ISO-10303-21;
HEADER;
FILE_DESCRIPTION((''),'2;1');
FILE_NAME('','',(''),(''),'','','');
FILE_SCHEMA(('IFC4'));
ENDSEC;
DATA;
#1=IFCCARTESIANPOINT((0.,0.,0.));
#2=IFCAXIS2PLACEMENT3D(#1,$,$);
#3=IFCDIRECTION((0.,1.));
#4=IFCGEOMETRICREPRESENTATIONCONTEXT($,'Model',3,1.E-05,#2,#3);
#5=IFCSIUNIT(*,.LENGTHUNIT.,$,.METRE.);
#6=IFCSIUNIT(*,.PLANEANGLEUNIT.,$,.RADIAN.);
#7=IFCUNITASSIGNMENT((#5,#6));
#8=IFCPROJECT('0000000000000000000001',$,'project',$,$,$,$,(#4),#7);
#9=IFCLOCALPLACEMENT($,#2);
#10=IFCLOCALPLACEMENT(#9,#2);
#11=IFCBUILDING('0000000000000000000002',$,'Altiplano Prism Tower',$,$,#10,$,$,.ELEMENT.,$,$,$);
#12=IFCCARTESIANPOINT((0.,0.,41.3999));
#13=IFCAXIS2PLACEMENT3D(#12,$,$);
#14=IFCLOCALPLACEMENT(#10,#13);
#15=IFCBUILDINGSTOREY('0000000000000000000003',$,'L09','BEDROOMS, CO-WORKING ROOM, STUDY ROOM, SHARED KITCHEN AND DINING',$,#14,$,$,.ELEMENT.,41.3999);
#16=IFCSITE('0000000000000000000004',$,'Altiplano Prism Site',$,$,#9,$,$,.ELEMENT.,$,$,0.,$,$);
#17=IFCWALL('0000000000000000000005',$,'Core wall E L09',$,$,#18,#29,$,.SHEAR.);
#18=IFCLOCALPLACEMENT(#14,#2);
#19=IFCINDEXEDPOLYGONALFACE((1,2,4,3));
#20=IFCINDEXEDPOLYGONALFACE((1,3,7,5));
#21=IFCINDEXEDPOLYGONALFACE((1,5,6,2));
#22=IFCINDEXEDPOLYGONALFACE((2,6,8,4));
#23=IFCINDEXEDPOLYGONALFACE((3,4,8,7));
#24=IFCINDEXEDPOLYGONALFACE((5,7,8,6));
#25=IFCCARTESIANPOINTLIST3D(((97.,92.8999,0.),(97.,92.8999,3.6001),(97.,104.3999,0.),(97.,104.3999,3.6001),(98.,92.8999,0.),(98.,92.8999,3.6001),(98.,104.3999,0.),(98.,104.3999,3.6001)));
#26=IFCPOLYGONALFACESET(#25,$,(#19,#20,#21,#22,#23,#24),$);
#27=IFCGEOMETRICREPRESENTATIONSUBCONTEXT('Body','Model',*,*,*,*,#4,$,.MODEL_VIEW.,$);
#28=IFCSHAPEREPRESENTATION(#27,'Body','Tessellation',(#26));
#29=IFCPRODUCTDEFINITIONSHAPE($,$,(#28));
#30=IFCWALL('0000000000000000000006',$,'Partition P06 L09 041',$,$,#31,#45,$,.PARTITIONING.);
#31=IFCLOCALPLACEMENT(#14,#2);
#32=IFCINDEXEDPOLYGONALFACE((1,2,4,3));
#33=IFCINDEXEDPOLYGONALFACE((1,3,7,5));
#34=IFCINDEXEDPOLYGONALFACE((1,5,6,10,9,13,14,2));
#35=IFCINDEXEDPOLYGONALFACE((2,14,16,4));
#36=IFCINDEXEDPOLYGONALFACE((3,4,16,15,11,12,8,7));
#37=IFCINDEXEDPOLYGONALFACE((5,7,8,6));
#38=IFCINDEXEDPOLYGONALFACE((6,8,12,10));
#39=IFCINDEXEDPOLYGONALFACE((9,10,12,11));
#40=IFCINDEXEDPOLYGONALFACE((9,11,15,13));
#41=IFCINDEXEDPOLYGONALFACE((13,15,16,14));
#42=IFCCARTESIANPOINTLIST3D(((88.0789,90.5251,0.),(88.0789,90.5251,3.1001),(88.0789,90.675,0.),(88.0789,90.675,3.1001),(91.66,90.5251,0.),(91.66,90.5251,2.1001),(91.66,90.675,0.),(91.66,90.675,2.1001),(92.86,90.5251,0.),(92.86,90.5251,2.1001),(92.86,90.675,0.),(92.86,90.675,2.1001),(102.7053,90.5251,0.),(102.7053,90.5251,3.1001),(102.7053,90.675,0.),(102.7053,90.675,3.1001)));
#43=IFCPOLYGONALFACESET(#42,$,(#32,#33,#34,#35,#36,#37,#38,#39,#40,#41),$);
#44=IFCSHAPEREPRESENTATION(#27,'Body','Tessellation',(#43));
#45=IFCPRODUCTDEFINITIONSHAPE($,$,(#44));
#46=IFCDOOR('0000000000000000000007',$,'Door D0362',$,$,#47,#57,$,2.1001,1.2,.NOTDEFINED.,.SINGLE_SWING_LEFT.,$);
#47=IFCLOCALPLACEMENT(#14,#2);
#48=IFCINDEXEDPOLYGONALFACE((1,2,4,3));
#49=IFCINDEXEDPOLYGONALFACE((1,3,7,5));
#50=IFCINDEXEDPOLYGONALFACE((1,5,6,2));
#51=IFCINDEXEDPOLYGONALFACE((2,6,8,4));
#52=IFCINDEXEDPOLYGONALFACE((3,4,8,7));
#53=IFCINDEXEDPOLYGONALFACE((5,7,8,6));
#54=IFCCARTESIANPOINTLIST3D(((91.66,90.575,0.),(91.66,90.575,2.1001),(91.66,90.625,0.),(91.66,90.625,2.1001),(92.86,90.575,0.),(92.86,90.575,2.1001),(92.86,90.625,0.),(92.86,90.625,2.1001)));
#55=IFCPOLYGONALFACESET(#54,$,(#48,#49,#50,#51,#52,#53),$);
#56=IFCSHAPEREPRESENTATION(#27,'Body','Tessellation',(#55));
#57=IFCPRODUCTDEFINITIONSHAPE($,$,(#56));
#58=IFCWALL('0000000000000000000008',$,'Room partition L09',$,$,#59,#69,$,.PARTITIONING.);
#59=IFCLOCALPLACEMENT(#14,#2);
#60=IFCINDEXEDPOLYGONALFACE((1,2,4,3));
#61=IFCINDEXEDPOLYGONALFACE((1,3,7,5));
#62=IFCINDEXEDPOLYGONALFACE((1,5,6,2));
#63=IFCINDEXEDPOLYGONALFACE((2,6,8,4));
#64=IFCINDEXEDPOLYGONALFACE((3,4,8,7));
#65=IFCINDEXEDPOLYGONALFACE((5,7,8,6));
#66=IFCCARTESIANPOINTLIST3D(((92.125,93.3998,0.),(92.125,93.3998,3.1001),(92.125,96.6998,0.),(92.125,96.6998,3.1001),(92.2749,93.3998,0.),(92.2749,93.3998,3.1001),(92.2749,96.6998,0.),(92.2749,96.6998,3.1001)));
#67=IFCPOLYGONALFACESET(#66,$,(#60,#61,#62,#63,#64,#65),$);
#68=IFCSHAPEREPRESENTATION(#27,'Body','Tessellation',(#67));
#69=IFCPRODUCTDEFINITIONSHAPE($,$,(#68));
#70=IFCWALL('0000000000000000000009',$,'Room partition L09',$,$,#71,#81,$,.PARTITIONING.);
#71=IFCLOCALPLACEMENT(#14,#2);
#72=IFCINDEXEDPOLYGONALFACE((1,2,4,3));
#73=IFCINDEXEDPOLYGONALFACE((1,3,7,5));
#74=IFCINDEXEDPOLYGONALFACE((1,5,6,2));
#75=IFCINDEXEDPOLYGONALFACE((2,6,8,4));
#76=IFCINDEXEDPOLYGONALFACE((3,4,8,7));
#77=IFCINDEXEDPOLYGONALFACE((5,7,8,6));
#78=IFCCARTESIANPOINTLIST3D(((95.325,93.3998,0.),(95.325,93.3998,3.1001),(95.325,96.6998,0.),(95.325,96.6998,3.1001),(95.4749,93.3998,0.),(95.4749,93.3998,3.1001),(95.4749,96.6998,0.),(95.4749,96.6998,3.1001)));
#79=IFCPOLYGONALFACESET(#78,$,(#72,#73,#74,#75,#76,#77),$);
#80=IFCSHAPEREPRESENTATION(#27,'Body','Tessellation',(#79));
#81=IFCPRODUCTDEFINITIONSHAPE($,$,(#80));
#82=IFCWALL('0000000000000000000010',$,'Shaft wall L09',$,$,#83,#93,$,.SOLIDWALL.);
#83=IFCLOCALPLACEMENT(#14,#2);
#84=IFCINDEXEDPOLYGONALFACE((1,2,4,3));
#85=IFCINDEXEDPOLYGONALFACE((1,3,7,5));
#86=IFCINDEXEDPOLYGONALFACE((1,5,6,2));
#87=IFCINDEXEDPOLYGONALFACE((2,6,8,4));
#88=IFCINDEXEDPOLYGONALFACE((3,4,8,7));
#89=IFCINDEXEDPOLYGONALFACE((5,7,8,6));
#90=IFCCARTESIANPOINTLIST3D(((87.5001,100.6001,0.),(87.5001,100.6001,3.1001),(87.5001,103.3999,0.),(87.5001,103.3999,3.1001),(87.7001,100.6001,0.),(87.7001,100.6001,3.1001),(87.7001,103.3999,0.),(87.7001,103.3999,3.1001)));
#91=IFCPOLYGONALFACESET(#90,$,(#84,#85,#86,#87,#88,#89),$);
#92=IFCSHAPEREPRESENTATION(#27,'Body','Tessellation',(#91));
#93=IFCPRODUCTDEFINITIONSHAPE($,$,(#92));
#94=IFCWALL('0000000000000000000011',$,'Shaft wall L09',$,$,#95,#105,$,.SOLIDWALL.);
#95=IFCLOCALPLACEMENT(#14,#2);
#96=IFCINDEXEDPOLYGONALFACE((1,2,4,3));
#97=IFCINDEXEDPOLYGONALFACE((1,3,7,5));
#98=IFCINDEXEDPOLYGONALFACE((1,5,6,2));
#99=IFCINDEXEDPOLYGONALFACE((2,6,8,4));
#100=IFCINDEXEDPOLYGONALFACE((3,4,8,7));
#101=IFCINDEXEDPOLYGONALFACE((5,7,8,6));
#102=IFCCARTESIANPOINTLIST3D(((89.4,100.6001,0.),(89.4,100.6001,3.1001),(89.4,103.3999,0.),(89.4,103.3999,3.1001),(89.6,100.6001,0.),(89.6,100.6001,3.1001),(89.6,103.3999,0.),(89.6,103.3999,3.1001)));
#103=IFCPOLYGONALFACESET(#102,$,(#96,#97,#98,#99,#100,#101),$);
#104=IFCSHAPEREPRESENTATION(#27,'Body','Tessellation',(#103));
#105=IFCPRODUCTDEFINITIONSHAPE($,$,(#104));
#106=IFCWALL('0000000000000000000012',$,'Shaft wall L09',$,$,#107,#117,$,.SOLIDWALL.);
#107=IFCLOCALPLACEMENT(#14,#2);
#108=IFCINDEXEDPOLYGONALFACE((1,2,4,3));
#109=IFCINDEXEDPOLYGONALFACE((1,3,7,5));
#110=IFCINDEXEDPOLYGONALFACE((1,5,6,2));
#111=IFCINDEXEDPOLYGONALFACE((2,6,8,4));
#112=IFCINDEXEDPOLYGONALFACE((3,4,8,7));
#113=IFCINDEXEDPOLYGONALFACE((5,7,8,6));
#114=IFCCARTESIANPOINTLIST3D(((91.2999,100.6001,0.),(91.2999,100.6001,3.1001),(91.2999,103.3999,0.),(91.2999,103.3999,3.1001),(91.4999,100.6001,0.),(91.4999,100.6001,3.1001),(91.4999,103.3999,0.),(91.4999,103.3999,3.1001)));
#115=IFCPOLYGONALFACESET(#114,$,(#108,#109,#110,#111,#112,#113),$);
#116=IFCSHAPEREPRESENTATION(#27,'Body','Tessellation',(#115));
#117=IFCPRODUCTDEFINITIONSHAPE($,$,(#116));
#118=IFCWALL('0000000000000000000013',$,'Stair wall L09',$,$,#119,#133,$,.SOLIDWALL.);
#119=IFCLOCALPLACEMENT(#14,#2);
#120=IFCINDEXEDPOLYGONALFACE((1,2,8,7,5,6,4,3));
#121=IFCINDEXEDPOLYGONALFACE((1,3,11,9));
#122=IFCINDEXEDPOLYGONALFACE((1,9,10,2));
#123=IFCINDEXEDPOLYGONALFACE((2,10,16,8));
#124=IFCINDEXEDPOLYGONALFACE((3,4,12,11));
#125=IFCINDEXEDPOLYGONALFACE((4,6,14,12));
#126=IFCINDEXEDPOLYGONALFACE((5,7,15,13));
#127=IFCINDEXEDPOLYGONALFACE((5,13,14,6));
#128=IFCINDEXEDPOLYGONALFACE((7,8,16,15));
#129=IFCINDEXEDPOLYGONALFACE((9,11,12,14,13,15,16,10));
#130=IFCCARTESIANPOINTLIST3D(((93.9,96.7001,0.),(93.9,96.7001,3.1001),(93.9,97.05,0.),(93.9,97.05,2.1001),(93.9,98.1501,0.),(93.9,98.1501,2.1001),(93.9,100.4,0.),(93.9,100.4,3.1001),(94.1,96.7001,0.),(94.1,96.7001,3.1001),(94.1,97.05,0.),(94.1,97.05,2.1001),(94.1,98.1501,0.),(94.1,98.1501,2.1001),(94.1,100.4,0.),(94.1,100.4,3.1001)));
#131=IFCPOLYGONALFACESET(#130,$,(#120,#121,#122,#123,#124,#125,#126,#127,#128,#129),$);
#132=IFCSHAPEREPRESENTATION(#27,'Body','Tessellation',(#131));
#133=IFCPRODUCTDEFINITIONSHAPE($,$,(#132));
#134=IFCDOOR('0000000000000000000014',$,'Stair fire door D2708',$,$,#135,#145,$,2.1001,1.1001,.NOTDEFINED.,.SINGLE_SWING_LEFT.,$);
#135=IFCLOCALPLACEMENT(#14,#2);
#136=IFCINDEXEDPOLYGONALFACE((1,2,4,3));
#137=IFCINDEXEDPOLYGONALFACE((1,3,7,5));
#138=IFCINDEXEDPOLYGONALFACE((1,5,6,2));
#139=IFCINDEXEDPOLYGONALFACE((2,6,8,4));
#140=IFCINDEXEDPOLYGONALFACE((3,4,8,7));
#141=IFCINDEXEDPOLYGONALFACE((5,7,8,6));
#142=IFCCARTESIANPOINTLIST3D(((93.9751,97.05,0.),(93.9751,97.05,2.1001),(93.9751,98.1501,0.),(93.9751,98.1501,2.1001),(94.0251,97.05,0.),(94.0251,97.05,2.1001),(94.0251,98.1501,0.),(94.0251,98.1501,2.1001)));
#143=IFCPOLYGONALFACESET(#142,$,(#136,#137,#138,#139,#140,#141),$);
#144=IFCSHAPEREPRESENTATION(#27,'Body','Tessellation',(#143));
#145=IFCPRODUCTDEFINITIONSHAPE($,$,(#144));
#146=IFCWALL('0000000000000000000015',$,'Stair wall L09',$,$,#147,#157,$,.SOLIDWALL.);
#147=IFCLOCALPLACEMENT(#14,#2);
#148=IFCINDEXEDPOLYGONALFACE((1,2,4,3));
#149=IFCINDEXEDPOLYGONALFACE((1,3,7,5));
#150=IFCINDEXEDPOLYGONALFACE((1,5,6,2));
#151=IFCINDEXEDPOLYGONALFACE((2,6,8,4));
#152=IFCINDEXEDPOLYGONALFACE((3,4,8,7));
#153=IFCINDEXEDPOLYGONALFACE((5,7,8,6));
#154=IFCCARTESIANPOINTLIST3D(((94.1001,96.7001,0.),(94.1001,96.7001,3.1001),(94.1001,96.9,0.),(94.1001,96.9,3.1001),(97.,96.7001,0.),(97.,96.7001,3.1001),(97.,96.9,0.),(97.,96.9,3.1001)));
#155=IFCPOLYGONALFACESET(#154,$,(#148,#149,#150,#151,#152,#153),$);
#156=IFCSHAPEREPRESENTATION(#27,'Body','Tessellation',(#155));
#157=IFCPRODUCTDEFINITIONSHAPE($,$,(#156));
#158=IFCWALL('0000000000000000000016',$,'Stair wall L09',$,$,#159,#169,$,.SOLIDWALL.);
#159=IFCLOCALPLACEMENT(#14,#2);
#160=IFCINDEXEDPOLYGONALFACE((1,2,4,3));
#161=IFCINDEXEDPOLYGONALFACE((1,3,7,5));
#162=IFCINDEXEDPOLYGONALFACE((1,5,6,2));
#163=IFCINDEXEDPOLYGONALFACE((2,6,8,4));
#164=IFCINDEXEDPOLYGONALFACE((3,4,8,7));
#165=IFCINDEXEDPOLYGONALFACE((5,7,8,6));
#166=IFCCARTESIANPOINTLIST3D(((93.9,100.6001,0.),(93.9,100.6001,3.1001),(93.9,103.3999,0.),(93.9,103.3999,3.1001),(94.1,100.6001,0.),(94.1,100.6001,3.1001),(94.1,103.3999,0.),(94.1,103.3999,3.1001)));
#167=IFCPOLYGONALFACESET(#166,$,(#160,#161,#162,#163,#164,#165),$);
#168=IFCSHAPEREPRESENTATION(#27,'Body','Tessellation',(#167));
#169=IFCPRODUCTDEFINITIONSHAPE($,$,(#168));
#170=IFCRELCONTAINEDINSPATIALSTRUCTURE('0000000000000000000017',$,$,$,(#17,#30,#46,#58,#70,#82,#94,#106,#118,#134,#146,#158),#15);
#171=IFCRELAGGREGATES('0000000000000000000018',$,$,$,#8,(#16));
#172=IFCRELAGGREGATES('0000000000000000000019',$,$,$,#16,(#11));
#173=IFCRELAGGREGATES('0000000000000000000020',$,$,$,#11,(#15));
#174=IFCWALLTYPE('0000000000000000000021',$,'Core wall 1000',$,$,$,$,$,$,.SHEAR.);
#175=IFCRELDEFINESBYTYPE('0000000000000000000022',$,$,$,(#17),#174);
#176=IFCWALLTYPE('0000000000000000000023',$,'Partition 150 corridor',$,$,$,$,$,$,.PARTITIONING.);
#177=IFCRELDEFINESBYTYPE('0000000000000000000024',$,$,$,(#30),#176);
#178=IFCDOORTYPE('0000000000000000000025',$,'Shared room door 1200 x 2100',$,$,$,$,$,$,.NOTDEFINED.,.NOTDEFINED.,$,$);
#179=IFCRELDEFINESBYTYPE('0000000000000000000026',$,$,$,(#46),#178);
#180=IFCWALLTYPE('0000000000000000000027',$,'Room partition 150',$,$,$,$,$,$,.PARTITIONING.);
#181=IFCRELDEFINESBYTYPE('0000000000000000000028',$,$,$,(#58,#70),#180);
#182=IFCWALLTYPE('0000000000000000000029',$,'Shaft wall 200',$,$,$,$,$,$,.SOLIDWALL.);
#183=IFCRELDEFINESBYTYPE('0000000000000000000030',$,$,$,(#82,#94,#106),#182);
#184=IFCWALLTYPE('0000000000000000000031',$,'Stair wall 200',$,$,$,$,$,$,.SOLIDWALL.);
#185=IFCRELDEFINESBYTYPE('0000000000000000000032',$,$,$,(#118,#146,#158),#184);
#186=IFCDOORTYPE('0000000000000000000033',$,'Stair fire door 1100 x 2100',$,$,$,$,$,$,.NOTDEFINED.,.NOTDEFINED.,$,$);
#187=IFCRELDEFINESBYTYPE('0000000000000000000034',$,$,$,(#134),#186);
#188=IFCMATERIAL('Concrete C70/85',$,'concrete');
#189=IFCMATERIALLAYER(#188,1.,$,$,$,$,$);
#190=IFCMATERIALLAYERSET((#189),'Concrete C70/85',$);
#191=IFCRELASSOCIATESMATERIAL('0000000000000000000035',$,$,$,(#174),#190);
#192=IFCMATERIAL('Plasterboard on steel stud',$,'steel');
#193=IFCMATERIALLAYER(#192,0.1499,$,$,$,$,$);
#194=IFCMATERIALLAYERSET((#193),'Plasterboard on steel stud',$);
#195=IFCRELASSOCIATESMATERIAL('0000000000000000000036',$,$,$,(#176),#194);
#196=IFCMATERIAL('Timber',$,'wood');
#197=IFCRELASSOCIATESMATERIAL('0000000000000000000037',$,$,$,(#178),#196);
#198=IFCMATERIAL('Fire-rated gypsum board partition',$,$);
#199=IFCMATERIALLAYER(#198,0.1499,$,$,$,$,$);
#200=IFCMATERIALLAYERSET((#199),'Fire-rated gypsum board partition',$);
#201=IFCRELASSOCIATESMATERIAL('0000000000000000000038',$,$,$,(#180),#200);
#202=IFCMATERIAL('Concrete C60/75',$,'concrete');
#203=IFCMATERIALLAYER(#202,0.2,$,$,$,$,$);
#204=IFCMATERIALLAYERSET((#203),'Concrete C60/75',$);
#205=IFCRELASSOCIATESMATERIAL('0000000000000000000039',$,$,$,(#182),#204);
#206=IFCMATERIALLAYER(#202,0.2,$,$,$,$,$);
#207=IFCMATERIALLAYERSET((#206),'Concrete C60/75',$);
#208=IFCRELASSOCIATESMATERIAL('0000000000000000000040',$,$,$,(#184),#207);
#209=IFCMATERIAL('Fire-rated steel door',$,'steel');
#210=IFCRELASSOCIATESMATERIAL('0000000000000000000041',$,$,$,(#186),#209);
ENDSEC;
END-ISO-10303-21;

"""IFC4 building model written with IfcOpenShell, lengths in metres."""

from ifc_helpers import new_model, si_unit, direction, frame, frame_2d, origin, place, context, subcontext, project, spatial, rectangle, extrude, material, layer, layer_set, type_object, element, fill, save


model = new_model("IFC4")

# Units and contexts
model_context = context("Model", 3, precision=1e-05, world=origin(), true_north=direction((0.0, 1.0)))
body_context = subcontext(model_context, "Body", "Model", "MODEL_VIEW")
ifc_project = project(units=[si_unit("LENGTHUNIT", "METRE"), si_unit("PLANEANGLEUNIT", "RADIAN")], contexts=[model_context])

# Site, building, storey
site_placement = place(None, origin())
site = spatial("IfcSite", under=ifc_project, at=site_placement, Name="Altiplano Prism Site", CompositionType="ELEMENT", RefElevation=0.0)
building_placement = place(site_placement, origin())
building = spatial("IfcBuilding", under=site, at=building_placement, Name="Altiplano Prism Tower", CompositionType="ELEMENT")
storey_placement = place(building_placement, frame((0.0, 0.0, 41.3999)))
storey = spatial("IfcBuildingStorey", under=building, at=storey_placement, Name="L09", Description="BEDROOMS, CO-WORKING ROOM, STUDY ROOM, SHARED KITCHEN AND DINING", CompositionType="ELEMENT", Elevation=41.3999)

# Wall
ifc_material_1 = material(Name="Concrete C70/85", Category="concrete")
ifc_layer_1 = layer(ifc_material_1, 1.0)
ifc_layer_set_1 = layer_set([ifc_layer_1], Name="Concrete C70/85")
wall_type_1 = type_object("IfcWallType", Name="Core wall 1000", PredefinedType="SHEAR", material=ifc_layer_set_1)
wall_1_placement = place(storey_placement, frame((97.5, 92.8999, 0.0), z_axis=(0.0, 0.0, 1.0), x_axis=(0.0, 1.0, 0.0)))
element("IfcWall", 1, at=wall_1_placement, inside=storey, type_object=wall_type_1, Name="Core wall E L09", PredefinedType="SHEAR", context=body_context, shape_type="SweptSolid", body=[
    extrude(rectangle(XDim=11.5, YDim=1.0, at=frame_2d((5.75, 0.0))), origin(), (0.0, 0.0, 1.0), 3.6001),
])

# Wall, opening, door
ifc_material_2 = material(Name="Plasterboard on steel stud", Category="steel")
ifc_layer_2 = layer(ifc_material_2, 0.1499)
ifc_layer_set_2 = layer_set([ifc_layer_2], Name="Plasterboard on steel stud")
wall_type_2 = type_object("IfcWallType", Name="Partition 150 corridor", PredefinedType="PARTITIONING", material=ifc_layer_set_2)
wall_2_placement = place(storey_placement, frame((88.0789, 90.6001, 0.0), z_axis=(0.0, 0.0, 1.0), x_axis=(1.0, 0.0, 0.0)))
wall_2 = element("IfcWall", 2, at=wall_2_placement, inside=storey, type_object=wall_type_2, Name="Partition P06 L09 041", PredefinedType="PARTITIONING", context=body_context, shape_type="SweptSolid", body=[
    extrude(rectangle(XDim=14.6265, YDim=0.1499, at=frame_2d((7.3132, 0.0))), origin(), (0.0, 0.0, 1.0), 3.1001),
])
opening_1_placement = place(wall_2_placement, frame((3.5811, 0.0, 0.0)))
opening_1 = element("IfcOpeningElement", 3, at=opening_1_placement, cuts=wall_2, PredefinedType="OPENING", context=body_context, shape_type="SweptSolid", body=[
    extrude(rectangle(XDim=1.2, YDim=2.1001, at=frame_2d((0.6001, 1.05))), frame((0.0, 0.0854, 0.0), z_axis=(0.0, -1.0, 0.0), x_axis=(1.0, 0.0, 0.0)), (0.0, 0.0, 1.0), 0.1709),
])
ifc_material_3 = material(Name="Timber", Category="wood")
door_type_1 = type_object("IfcDoorType", Name="Shared room door 1200 x 2100", OperationType="NOTDEFINED", PredefinedType="NOTDEFINED", material=ifc_material_3)
door_1_placement = place(opening_1_placement, origin())
door_1 = element("IfcDoor", 4, at=door_1_placement, inside=storey, type_object=door_type_1, Name="Door D0362", OperationType="SINGLE_SWING_LEFT", OverallHeight=2.1001, OverallWidth=1.2, PredefinedType="NOTDEFINED", context=body_context, shape_type="SweptSolid", body=[
    extrude(rectangle(XDim=1.2, YDim=2.1001, at=frame_2d((0.6001, 1.05))), frame((0.0, 0.0249, 0.0), z_axis=(0.0, -1.0, 0.0), x_axis=(1.0, 0.0, 0.0)), (0.0, 0.0, 1.0), 0.05),
])
fill(opening_1, door_1)

# Walls
ifc_material_4 = material(Name="Fire-rated gypsum board partition")
ifc_layer_3 = layer(ifc_material_4, 0.1499)
ifc_layer_set_3 = layer_set([ifc_layer_3], Name="Fire-rated gypsum board partition")
wall_type_3 = type_object("IfcWallType", Name="Room partition 150", PredefinedType="PARTITIONING", material=ifc_layer_set_3)
for number, where, z_axis, x_axis, name in (
    (5, (92.2, 93.3999, 0.0), (0.0, 0.0, 1.0), (0.0, 1.0, 0.0), "Room partition L09"),
    (6, (95.3999, 93.3999, 0.0), (0.0, 0.0, 1.0), (0.0, 1.0, 0.0), "Room partition L09"),
):
    element("IfcWall", number, at=place(storey_placement, frame(where, z_axis=z_axis, x_axis=x_axis)), inside=storey, type_object=wall_type_3, Name=name, PredefinedType="PARTITIONING", context=body_context, shape_type="SweptSolid", body=[
        extrude(rectangle(XDim=3.3, YDim=0.1499, at=frame_2d((1.6499, 0.0))), origin(), (0.0, 0.0, 1.0), 3.1001),
    ])
ifc_material_5 = material(Name="Concrete C60/75", Category="concrete")
ifc_layer_4 = layer(ifc_material_5, 0.2)
ifc_layer_set_4 = layer_set([ifc_layer_4], Name="Concrete C60/75")
wall_type_4 = type_object("IfcWallType", Name="Shaft wall 200", PredefinedType="SOLIDWALL", material=ifc_layer_set_4)
for number, where, z_axis, x_axis, name in (
    (7, (87.6001, 100.6001, 0.0), (0.0, 0.0, 1.0), (0.0, 1.0, 0.0), "Shaft wall L09"),
    (8, (89.5, 100.6001, 0.0), (0.0, 0.0, 1.0), (0.0, 1.0, 0.0), "Shaft wall L09"),
    (9, (91.3999, 100.6001, 0.0), (0.0, 0.0, 1.0), (0.0, 1.0, 0.0), "Shaft wall L09"),
):
    element("IfcWall", number, at=place(storey_placement, frame(where, z_axis=z_axis, x_axis=x_axis)), inside=storey, type_object=wall_type_4, Name=name, PredefinedType="SOLIDWALL", context=body_context, shape_type="SweptSolid", body=[
        extrude(rectangle(XDim=2.7998, YDim=0.2, at=frame_2d((1.3999, 0.0))), origin(), (0.0, 0.0, 1.0), 3.1001),
    ])

# Wall, opening, door
ifc_layer_5 = layer(ifc_material_5, 0.2)
ifc_layer_set_5 = layer_set([ifc_layer_5], Name="Concrete C60/75")
wall_type_5 = type_object("IfcWallType", Name="Stair wall 200", PredefinedType="SOLIDWALL", material=ifc_layer_set_5)
wall_3_placement = place(storey_placement, frame((94.0, 96.7, 0.0), z_axis=(0.0, 0.0, 1.0), x_axis=(0.0, 1.0, 0.0)))
wall_3 = element("IfcWall", 10, at=wall_3_placement, inside=storey, type_object=wall_type_5, Name="Stair wall L09", PredefinedType="SOLIDWALL", context=body_context, shape_type="SweptSolid", body=[
    extrude(rectangle(XDim=3.7, YDim=0.2, at=frame_2d((1.8501, 0.0))), origin(), (0.0, 0.0, 1.0), 3.1001),
])
opening_2_placement = place(wall_3_placement, frame((0.3501, 0.0, 0.0)))
opening_2 = element("IfcOpeningElement", 11, at=opening_2_placement, cuts=wall_3, PredefinedType="OPENING", context=body_context, shape_type="SweptSolid", body=[
    extrude(rectangle(XDim=1.1001, YDim=2.1001, at=frame_2d((0.55, 1.05))), frame((0.0, 0.1104, 0.0), z_axis=(0.0, -1.0, 0.0), x_axis=(1.0, 0.0, 0.0)), (0.0, 0.0, 1.0), 0.2209),
])
ifc_material_6 = material(Name="Fire-rated steel door", Category="steel")
door_type_2 = type_object("IfcDoorType", Name="Stair fire door 1100 x 2100", OperationType="NOTDEFINED", PredefinedType="NOTDEFINED", material=ifc_material_6)
door_2_placement = place(opening_2_placement, origin())
door_2 = element("IfcDoor", 12, at=door_2_placement, inside=storey, type_object=door_type_2, Name="Stair fire door D2708", OperationType="SINGLE_SWING_LEFT", OverallHeight=2.1001, OverallWidth=1.1001, PredefinedType="NOTDEFINED", context=body_context, shape_type="SweptSolid", body=[
    extrude(rectangle(XDim=1.1001, YDim=2.1001, at=frame_2d((0.55, 1.05))), frame((0.0, 0.0249, 0.0), z_axis=(0.0, -1.0, 0.0), x_axis=(1.0, 0.0, 0.0)), (0.0, 0.0, 1.0), 0.05),
])
fill(opening_2, door_2)

# Walls
wall_4_placement = place(storey_placement, frame((94.1001, 96.8, 0.0), z_axis=(0.0, 0.0, 1.0), x_axis=(1.0, 0.0, 0.0)))
element("IfcWall", 13, at=wall_4_placement, inside=storey, type_object=wall_type_5, Name="Stair wall L09", PredefinedType="SOLIDWALL", context=body_context, shape_type="SweptSolid", body=[
    extrude(rectangle(XDim=2.8999, YDim=0.2, at=frame_2d((1.45, 0.0))), origin(), (0.0, 0.0, 1.0), 3.1001),
])
wall_5_placement = place(storey_placement, frame((94.0, 100.6001, 0.0), z_axis=(0.0, 0.0, 1.0), x_axis=(0.0, 1.0, 0.0)))
element("IfcWall", 14, at=wall_5_placement, inside=storey, type_object=wall_type_5, Name="Stair wall L09", PredefinedType="SOLIDWALL", context=body_context, shape_type="SweptSolid", body=[
    extrude(rectangle(XDim=2.7998, YDim=0.2, at=frame_2d((1.3999, 0.0))), origin(), (0.0, 0.0, 1.0), 3.1001),
])

save(model, "model.ifc")
